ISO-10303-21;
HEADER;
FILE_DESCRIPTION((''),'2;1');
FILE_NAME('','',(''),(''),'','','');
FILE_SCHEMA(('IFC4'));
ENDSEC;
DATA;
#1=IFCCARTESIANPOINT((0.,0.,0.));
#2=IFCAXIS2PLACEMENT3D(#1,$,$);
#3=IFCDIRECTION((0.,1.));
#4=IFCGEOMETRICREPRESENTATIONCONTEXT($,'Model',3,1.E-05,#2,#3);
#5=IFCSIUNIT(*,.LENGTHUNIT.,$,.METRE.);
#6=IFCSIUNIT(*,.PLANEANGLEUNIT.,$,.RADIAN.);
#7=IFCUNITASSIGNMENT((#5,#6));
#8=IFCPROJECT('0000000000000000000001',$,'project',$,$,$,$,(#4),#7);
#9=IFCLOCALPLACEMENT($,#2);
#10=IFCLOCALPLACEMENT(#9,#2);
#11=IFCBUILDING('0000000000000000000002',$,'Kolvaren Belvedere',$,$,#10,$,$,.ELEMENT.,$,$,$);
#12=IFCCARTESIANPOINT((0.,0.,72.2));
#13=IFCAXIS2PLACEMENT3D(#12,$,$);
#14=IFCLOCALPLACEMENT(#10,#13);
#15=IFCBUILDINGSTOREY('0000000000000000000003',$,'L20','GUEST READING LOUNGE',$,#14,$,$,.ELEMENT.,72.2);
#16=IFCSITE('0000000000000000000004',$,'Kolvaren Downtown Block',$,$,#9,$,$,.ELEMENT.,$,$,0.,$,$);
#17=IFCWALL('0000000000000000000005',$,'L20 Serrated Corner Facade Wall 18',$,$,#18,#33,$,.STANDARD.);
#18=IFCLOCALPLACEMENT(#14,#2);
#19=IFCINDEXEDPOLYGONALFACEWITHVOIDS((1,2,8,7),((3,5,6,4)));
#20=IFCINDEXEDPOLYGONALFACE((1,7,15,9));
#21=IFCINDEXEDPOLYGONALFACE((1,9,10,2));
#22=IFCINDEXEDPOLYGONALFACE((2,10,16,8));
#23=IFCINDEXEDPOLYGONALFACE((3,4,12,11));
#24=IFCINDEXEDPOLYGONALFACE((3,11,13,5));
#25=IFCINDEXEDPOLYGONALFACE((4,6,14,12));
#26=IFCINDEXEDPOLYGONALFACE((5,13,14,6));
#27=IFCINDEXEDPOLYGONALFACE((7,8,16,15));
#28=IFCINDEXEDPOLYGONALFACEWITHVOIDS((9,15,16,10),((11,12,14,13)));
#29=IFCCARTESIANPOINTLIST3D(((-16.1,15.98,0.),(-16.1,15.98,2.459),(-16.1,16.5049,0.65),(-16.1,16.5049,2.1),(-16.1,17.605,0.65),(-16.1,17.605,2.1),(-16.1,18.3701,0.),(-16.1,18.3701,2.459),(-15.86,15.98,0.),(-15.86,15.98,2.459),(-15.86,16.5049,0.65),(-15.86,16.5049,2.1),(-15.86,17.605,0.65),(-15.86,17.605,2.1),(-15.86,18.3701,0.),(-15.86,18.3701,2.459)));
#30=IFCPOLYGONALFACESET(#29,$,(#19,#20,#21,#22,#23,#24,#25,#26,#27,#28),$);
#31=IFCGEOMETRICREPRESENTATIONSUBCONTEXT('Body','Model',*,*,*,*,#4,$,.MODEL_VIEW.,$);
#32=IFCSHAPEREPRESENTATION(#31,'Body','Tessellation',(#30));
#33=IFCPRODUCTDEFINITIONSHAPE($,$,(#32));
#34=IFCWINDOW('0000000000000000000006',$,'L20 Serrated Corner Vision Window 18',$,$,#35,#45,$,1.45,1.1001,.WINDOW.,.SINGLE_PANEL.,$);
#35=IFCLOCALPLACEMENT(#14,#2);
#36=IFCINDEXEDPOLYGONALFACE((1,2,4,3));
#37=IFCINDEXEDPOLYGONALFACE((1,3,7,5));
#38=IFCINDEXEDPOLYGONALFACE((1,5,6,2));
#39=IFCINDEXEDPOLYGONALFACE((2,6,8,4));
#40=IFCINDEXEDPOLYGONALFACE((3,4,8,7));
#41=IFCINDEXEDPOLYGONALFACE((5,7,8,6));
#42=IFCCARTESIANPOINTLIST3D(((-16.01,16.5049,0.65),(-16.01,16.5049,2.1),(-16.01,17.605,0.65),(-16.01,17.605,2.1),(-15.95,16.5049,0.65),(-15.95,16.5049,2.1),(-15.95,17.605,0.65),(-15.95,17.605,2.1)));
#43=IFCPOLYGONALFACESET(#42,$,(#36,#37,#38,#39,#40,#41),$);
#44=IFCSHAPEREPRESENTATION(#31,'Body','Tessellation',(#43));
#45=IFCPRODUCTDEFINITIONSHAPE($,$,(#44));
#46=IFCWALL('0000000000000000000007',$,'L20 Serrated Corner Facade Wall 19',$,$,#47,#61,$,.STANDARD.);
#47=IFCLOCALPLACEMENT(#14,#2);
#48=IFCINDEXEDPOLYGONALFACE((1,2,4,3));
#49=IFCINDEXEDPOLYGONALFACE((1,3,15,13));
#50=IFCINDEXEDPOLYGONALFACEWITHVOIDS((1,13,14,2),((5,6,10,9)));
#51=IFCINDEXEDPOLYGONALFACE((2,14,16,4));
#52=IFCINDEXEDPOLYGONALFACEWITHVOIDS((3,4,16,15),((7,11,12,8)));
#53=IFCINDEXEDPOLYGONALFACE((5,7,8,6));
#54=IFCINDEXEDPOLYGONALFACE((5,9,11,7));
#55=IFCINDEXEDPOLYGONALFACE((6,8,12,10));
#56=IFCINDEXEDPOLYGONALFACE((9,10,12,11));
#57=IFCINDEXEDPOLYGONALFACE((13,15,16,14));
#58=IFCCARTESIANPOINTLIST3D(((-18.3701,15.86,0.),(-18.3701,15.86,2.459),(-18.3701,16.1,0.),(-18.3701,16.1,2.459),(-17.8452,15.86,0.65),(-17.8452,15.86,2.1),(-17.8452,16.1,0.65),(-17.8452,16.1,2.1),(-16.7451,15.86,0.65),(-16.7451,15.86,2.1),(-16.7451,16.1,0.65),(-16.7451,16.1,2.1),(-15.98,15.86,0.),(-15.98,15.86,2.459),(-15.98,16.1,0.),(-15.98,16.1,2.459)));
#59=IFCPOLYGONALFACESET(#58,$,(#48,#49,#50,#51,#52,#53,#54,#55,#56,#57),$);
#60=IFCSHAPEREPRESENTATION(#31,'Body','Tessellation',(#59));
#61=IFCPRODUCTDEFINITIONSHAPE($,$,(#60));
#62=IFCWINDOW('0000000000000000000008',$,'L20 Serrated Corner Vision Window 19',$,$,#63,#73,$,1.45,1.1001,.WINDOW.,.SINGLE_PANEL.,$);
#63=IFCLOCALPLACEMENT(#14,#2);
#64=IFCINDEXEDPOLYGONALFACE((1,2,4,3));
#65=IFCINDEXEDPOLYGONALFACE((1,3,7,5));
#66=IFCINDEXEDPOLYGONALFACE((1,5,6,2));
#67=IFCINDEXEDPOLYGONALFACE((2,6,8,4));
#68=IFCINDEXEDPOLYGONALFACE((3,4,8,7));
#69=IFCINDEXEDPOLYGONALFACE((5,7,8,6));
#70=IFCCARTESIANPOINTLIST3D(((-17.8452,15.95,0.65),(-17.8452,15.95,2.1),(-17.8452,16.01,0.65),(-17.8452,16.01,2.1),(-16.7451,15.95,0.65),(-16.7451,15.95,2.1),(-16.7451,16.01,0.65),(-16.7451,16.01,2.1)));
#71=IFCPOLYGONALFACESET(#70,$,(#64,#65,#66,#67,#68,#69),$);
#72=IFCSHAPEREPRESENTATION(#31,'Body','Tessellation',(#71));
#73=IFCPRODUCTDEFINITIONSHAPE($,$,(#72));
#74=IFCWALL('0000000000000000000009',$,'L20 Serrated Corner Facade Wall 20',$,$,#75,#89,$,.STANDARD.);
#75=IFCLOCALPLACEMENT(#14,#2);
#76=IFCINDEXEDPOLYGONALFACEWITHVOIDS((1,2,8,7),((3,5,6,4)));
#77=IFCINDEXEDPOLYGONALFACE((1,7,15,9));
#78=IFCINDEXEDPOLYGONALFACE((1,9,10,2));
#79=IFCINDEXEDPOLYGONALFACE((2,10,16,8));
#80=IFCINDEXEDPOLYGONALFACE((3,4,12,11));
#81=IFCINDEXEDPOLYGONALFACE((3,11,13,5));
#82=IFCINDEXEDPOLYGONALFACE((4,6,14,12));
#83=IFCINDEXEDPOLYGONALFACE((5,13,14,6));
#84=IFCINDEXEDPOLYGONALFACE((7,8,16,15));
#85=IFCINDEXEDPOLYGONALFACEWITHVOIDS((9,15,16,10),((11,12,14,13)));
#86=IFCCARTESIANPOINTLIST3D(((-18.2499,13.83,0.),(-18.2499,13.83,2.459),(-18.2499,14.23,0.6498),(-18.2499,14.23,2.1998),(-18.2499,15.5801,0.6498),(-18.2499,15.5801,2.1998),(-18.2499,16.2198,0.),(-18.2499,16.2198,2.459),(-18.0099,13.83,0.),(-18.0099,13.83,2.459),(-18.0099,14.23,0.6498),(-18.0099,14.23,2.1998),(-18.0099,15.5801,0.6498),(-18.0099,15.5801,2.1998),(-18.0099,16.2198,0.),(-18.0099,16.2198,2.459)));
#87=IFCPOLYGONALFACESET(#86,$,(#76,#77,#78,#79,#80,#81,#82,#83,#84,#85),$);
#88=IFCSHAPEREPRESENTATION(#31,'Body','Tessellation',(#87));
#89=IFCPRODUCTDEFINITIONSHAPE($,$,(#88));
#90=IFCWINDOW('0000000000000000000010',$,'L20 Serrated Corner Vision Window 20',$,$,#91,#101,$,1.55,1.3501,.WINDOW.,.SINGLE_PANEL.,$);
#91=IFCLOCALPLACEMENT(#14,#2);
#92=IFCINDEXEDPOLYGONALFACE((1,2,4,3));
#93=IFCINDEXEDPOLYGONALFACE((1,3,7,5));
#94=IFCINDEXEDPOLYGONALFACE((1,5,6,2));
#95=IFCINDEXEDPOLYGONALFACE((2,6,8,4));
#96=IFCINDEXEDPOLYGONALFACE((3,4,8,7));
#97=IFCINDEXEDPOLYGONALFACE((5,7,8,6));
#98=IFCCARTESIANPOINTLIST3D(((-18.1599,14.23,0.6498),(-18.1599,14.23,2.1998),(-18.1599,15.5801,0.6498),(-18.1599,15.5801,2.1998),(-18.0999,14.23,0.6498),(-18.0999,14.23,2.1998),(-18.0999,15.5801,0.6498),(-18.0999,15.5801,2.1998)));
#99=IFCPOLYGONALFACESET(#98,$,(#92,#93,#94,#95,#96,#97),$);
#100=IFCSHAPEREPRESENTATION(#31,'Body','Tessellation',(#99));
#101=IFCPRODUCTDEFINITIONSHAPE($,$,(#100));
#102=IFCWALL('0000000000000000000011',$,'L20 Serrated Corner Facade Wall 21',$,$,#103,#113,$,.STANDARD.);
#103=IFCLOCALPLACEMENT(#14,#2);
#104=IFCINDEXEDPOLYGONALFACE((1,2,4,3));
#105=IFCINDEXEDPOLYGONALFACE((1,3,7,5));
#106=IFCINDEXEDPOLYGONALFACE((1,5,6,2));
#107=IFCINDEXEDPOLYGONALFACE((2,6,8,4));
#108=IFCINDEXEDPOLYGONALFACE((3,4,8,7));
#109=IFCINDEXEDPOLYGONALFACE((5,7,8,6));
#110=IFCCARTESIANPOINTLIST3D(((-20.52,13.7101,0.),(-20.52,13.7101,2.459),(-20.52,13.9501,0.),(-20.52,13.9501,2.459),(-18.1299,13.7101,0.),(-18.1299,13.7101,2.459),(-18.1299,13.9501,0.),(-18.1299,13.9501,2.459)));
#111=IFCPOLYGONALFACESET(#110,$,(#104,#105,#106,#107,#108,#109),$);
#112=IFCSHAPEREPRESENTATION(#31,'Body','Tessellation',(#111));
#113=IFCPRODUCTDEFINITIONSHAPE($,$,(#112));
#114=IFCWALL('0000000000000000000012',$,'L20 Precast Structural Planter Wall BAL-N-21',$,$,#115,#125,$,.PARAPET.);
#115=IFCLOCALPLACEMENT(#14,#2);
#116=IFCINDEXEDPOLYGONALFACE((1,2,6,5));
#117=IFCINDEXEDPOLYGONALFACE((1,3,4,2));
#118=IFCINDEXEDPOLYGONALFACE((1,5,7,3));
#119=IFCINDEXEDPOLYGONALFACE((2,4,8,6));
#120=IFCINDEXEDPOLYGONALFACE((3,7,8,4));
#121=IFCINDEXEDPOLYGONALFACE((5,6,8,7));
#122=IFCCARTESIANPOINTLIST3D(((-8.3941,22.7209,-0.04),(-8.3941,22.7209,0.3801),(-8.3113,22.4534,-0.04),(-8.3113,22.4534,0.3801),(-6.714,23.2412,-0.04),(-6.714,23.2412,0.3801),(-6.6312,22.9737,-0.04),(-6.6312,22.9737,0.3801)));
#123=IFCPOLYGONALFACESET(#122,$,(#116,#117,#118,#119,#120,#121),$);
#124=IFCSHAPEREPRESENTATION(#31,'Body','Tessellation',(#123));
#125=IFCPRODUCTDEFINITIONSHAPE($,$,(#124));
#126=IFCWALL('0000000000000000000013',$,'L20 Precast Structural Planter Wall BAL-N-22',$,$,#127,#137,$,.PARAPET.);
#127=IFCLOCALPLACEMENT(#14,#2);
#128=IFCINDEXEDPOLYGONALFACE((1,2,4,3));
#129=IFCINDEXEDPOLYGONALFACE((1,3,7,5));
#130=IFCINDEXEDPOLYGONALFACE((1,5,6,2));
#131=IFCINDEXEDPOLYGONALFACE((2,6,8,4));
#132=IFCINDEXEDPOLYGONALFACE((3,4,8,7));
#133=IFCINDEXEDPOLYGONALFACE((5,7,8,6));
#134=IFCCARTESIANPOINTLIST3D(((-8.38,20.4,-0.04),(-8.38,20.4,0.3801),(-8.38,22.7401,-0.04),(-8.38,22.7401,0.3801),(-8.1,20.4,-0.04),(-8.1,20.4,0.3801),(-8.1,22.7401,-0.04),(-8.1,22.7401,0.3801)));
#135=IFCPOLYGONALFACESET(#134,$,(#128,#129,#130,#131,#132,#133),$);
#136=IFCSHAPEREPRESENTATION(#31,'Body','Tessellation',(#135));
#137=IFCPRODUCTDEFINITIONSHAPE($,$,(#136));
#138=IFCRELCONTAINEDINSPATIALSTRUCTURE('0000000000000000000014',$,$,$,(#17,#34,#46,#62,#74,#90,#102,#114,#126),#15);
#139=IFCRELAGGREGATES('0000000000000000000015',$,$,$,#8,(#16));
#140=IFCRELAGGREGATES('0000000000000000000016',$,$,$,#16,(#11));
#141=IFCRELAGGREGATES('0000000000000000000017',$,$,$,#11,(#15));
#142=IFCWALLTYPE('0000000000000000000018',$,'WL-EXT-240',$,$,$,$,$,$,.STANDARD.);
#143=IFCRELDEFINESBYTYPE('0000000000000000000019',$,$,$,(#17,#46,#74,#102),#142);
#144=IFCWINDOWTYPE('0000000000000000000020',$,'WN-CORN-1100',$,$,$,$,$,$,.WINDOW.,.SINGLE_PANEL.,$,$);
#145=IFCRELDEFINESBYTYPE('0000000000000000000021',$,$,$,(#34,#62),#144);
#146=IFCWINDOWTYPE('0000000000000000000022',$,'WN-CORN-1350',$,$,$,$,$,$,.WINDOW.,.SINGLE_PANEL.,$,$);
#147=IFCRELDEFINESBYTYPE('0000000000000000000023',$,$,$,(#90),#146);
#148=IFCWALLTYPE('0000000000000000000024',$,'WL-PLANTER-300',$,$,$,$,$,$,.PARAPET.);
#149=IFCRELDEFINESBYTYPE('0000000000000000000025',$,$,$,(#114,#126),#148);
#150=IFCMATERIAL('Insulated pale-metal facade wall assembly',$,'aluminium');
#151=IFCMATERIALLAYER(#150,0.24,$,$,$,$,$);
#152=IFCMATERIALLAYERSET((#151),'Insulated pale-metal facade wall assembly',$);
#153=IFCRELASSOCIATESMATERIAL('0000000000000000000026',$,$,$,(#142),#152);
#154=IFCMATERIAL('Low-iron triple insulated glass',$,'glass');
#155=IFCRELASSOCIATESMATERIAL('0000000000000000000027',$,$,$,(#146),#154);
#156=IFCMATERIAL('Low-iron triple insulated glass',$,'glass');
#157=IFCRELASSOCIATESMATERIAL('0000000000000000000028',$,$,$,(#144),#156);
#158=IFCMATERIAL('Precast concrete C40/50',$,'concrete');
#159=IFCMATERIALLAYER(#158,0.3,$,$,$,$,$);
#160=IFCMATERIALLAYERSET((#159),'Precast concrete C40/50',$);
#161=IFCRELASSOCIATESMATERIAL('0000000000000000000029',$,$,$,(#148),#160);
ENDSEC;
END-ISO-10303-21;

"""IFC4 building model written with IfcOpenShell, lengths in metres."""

from ifc_helpers import new_model, si_unit, direction, frame, frame_2d, origin, place, context, subcontext, project, spatial, rectangle, extrude, material, layer, layer_set, type_object, element, fill, save


model = new_model("IFC4")

# Units and contexts
model_context = context("Model", 3, precision=1e-05, world=origin(), true_north=direction((0.0, 1.0)))
body_context = subcontext(model_context, "Body", "Model", "MODEL_VIEW")
ifc_project = project(units=[si_unit("LENGTHUNIT", "METRE"), si_unit("PLANEANGLEUNIT", "RADIAN")], contexts=[model_context])

# Site, building, storey
site_placement = place(None, origin())
site = spatial("IfcSite", under=ifc_project, at=site_placement, Name="Kolvaren Downtown Block", CompositionType="ELEMENT", RefElevation=0.0)
building_placement = place(site_placement, origin())
building = spatial("IfcBuilding", under=site, at=building_placement, Name="Kolvaren Belvedere", CompositionType="ELEMENT")
storey_placement = place(building_placement, frame((0.0, 0.0, 72.2)))
storey = spatial("IfcBuildingStorey", under=building, at=storey_placement, Name="L20", Description="GUEST READING LOUNGE", CompositionType="ELEMENT", Elevation=72.2)

# Shared definitions
ifc_material_1 = material(Name="Insulated pale-metal facade wall assembly", Category="aluminium")
ifc_layer_1 = layer(ifc_material_1, 0.24)
ifc_layer_set_1 = layer_set([ifc_layer_1], Name="Insulated pale-metal facade wall assembly")
wall_type_1 = type_object("IfcWallType", Name="WL-EXT-240", PredefinedType="STANDARD", material=ifc_layer_set_1)

# Walls, openings, windows
ifc_material_2 = material(Name="Low-iron triple insulated glass", Category="glass")
window_type_1 = type_object("IfcWindowType", Name="WN-CORN-1350", PartitioningType="SINGLE_PANEL", PredefinedType="WINDOW", material=ifc_material_2)
wall_1_placement = place(storey_placement, frame((-15.98, 15.98, 0.0), z_axis=(0.0, 0.0, 1.0), x_axis=(0.0, 1.0, 0.0)))
wall_1 = element("IfcWall", 1, at=wall_1_placement, inside=storey, type_object=wall_type_1, Name="L20 Serrated Corner Facade Wall 18", PredefinedType="STANDARD", context=body_context, shape_type="SweptSolid", body=[
    extrude(rectangle(XDim=2.3901, YDim=0.24, at=frame_2d((1.1951, 0.0))), origin(), (0.0, 0.0, 1.0), 2.459),
])
opening_1_placement = place(wall_1_placement, frame((0.5249, 0.0, 0.6499)))
opening_1 = element("IfcOpeningElement", 2, at=opening_1_placement, cuts=wall_1, PredefinedType="OPENING", context=body_context, shape_type="SweptSolid", body=[
    extrude(rectangle(XDim=1.1001, YDim=1.45, at=frame_2d((0.55, 0.7251))), frame((0.0, 0.1299, 0.0), z_axis=(0.0, -1.0, 0.0), x_axis=(1.0, 0.0, 0.0)), (0.0, 0.0, 1.0), 0.26),
])
ifc_material_3 = material(Name="Low-iron triple insulated glass", Category="glass")
window_type_2 = type_object("IfcWindowType", Name="WN-CORN-1100", PartitioningType="SINGLE_PANEL", PredefinedType="WINDOW", material=ifc_material_3)
window_1_placement = place(opening_1_placement, origin())
window_1 = element("IfcWindow", 3, at=window_1_placement, inside=storey, type_object=window_type_2, Name="L20 Serrated Corner Vision Window 18", OverallHeight=1.45, OverallWidth=1.1001, PartitioningType="SINGLE_PANEL", PredefinedType="WINDOW", context=body_context, shape_type="SweptSolid", body=[
    extrude(rectangle(XDim=1.1001, YDim=1.45, at=frame_2d((0.55, 0.7251))), frame((0.0, 0.03, 0.0), z_axis=(0.0, -1.0, 0.0), x_axis=(1.0, 0.0, 0.0)), (0.0, 0.0, 1.0), 0.0601),
])
fill(opening_1, window_1)
wall_2_placement = place(storey_placement, frame((-18.3701, 15.98, 0.0), z_axis=(0.0, 0.0, 1.0), x_axis=(1.0, 0.0, 0.0)))
wall_2 = element("IfcWall", 4, at=wall_2_placement, inside=storey, type_object=wall_type_1, Name="L20 Serrated Corner Facade Wall 19", PredefinedType="STANDARD", context=body_context, shape_type="SweptSolid", body=[
    extrude(rectangle(XDim=2.3901, YDim=0.24, at=frame_2d((1.1951, 0.0))), origin(), (0.0, 0.0, 1.0), 2.459),
])
opening_2_placement = place(wall_2_placement, frame((0.5249, 0.0, 0.6499)))
opening_2 = element("IfcOpeningElement", 5, at=opening_2_placement, cuts=wall_2, PredefinedType="OPENING", context=body_context, shape_type="SweptSolid", body=[
    extrude(rectangle(XDim=1.1001, YDim=1.45, at=frame_2d((0.55, 0.7251))), frame((0.0, 0.1299, 0.0), z_axis=(0.0, -1.0, 0.0), x_axis=(1.0, 0.0, 0.0)), (0.0, 0.0, 1.0), 0.26),
])
window_2_placement = place(opening_2_placement, origin())
window_2 = element("IfcWindow", 6, at=window_2_placement, inside=storey, type_object=window_type_2, Name="L20 Serrated Corner Vision Window 19", OverallHeight=1.45, OverallWidth=1.1001, PartitioningType="SINGLE_PANEL", PredefinedType="WINDOW", context=body_context, shape_type="SweptSolid", body=[
    extrude(rectangle(XDim=1.1001, YDim=1.45, at=frame_2d((0.55, 0.7251))), frame((0.0, 0.03, 0.0), z_axis=(0.0, -1.0, 0.0), x_axis=(1.0, 0.0, 0.0)), (0.0, 0.0, 1.0), 0.0601),
])
fill(opening_2, window_2)
wall_3_placement = place(storey_placement, frame((-18.1299, 13.8301, 0.0), z_axis=(0.0, 0.0, 1.0), x_axis=(0.0, 1.0, 0.0)))
wall_3 = element("IfcWall", 7, at=wall_3_placement, inside=storey, type_object=wall_type_1, Name="L20 Serrated Corner Facade Wall 20", PredefinedType="STANDARD", context=body_context, shape_type="SweptSolid", body=[
    extrude(rectangle(XDim=2.3899, YDim=0.24, at=frame_2d((1.1948, 0.0))), origin(), (0.0, 0.0, 1.0), 2.459),
])
opening_3_placement = place(wall_3_placement, frame((0.3999, 0.0, 0.6499)))
opening_3 = element("IfcOpeningElement", 8, at=opening_3_placement, cuts=wall_3, PredefinedType="OPENING", context=body_context, shape_type="SweptSolid", body=[
    extrude(rectangle(XDim=1.3501, YDim=1.55, at=frame_2d((0.675, 0.7749))), frame((0.0, 0.1299, 0.0), z_axis=(0.0, -1.0, 0.0), x_axis=(1.0, 0.0, 0.0)), (0.0, 0.0, 1.0), 0.26),
])
window_3_placement = place(opening_3_placement, origin())
window_3 = element("IfcWindow", 9, at=window_3_placement, inside=storey, type_object=window_type_1, Name="L20 Serrated Corner Vision Window 20", OverallHeight=1.55, OverallWidth=1.3501, PartitioningType="SINGLE_PANEL", PredefinedType="WINDOW", context=body_context, shape_type="SweptSolid", body=[
    extrude(rectangle(XDim=1.3501, YDim=1.55, at=frame_2d((0.675, 0.7749))), frame((0.0, 0.03, 0.0), z_axis=(0.0, -1.0, 0.0), x_axis=(1.0, 0.0, 0.0)), (0.0, 0.0, 1.0), 0.0601),
])
fill(opening_3, window_3)

# Walls
wall_4_placement = place(storey_placement, frame((-20.52, 13.8301, 0.0), z_axis=(0.0, 0.0, 1.0), x_axis=(1.0, 0.0, 0.0)))
element("IfcWall", 10, at=wall_4_placement, inside=storey, type_object=wall_type_1, Name="L20 Serrated Corner Facade Wall 21", PredefinedType="STANDARD", context=body_context, shape_type="SweptSolid", body=[
    extrude(rectangle(XDim=2.3901, YDim=0.24, at=frame_2d((1.1951, 0.0))), origin(), (0.0, 0.0, 1.0), 2.459),
])
ifc_material_4 = material(Name="Precast concrete C40/50", Category="concrete")
ifc_layer_2 = layer(ifc_material_4, 0.3)
ifc_layer_set_2 = layer_set([ifc_layer_2], Name="Precast concrete C40/50")
wall_type_2 = type_object("IfcWallType", Name="WL-PLANTER-300", PredefinedType="PARAPET", material=ifc_layer_set_2)
wall_5_placement = place(storey_placement, frame((-6.6726, 23.1074, -0.04), z_axis=(0.0, 0.0, 1.0), x_axis=(-0.955252, -0.295792, 0.0)))
element("IfcWall", 11, at=wall_5_placement, inside=storey, type_object=wall_type_2, Name="L20 Precast Structural Planter Wall BAL-N-21", PredefinedType="PARAPET", context=body_context, shape_type="SweptSolid", body=[
    extrude(rectangle(XDim=1.7588, YDim=0.28, at=frame_2d((0.8794, 0.0))), origin(), (0.0, 0.0, 1.0), 0.4202),
])
wall_6_placement = place(storey_placement, frame((-8.24, 22.74, -0.04), z_axis=(0.0, 0.0, 1.0), x_axis=(0.0, -1.0, 0.0)))
element("IfcWall", 12, at=wall_6_placement, inside=storey, type_object=wall_type_2, Name="L20 Precast Structural Planter Wall BAL-N-22", PredefinedType="PARAPET", context=body_context, shape_type="SweptSolid", body=[
    extrude(rectangle(XDim=2.3401, YDim=0.28, at=frame_2d((1.1699, 0.0))), origin(), (0.0, 0.0, 1.0), 0.4202),
])

save(model, "model.ifc")
